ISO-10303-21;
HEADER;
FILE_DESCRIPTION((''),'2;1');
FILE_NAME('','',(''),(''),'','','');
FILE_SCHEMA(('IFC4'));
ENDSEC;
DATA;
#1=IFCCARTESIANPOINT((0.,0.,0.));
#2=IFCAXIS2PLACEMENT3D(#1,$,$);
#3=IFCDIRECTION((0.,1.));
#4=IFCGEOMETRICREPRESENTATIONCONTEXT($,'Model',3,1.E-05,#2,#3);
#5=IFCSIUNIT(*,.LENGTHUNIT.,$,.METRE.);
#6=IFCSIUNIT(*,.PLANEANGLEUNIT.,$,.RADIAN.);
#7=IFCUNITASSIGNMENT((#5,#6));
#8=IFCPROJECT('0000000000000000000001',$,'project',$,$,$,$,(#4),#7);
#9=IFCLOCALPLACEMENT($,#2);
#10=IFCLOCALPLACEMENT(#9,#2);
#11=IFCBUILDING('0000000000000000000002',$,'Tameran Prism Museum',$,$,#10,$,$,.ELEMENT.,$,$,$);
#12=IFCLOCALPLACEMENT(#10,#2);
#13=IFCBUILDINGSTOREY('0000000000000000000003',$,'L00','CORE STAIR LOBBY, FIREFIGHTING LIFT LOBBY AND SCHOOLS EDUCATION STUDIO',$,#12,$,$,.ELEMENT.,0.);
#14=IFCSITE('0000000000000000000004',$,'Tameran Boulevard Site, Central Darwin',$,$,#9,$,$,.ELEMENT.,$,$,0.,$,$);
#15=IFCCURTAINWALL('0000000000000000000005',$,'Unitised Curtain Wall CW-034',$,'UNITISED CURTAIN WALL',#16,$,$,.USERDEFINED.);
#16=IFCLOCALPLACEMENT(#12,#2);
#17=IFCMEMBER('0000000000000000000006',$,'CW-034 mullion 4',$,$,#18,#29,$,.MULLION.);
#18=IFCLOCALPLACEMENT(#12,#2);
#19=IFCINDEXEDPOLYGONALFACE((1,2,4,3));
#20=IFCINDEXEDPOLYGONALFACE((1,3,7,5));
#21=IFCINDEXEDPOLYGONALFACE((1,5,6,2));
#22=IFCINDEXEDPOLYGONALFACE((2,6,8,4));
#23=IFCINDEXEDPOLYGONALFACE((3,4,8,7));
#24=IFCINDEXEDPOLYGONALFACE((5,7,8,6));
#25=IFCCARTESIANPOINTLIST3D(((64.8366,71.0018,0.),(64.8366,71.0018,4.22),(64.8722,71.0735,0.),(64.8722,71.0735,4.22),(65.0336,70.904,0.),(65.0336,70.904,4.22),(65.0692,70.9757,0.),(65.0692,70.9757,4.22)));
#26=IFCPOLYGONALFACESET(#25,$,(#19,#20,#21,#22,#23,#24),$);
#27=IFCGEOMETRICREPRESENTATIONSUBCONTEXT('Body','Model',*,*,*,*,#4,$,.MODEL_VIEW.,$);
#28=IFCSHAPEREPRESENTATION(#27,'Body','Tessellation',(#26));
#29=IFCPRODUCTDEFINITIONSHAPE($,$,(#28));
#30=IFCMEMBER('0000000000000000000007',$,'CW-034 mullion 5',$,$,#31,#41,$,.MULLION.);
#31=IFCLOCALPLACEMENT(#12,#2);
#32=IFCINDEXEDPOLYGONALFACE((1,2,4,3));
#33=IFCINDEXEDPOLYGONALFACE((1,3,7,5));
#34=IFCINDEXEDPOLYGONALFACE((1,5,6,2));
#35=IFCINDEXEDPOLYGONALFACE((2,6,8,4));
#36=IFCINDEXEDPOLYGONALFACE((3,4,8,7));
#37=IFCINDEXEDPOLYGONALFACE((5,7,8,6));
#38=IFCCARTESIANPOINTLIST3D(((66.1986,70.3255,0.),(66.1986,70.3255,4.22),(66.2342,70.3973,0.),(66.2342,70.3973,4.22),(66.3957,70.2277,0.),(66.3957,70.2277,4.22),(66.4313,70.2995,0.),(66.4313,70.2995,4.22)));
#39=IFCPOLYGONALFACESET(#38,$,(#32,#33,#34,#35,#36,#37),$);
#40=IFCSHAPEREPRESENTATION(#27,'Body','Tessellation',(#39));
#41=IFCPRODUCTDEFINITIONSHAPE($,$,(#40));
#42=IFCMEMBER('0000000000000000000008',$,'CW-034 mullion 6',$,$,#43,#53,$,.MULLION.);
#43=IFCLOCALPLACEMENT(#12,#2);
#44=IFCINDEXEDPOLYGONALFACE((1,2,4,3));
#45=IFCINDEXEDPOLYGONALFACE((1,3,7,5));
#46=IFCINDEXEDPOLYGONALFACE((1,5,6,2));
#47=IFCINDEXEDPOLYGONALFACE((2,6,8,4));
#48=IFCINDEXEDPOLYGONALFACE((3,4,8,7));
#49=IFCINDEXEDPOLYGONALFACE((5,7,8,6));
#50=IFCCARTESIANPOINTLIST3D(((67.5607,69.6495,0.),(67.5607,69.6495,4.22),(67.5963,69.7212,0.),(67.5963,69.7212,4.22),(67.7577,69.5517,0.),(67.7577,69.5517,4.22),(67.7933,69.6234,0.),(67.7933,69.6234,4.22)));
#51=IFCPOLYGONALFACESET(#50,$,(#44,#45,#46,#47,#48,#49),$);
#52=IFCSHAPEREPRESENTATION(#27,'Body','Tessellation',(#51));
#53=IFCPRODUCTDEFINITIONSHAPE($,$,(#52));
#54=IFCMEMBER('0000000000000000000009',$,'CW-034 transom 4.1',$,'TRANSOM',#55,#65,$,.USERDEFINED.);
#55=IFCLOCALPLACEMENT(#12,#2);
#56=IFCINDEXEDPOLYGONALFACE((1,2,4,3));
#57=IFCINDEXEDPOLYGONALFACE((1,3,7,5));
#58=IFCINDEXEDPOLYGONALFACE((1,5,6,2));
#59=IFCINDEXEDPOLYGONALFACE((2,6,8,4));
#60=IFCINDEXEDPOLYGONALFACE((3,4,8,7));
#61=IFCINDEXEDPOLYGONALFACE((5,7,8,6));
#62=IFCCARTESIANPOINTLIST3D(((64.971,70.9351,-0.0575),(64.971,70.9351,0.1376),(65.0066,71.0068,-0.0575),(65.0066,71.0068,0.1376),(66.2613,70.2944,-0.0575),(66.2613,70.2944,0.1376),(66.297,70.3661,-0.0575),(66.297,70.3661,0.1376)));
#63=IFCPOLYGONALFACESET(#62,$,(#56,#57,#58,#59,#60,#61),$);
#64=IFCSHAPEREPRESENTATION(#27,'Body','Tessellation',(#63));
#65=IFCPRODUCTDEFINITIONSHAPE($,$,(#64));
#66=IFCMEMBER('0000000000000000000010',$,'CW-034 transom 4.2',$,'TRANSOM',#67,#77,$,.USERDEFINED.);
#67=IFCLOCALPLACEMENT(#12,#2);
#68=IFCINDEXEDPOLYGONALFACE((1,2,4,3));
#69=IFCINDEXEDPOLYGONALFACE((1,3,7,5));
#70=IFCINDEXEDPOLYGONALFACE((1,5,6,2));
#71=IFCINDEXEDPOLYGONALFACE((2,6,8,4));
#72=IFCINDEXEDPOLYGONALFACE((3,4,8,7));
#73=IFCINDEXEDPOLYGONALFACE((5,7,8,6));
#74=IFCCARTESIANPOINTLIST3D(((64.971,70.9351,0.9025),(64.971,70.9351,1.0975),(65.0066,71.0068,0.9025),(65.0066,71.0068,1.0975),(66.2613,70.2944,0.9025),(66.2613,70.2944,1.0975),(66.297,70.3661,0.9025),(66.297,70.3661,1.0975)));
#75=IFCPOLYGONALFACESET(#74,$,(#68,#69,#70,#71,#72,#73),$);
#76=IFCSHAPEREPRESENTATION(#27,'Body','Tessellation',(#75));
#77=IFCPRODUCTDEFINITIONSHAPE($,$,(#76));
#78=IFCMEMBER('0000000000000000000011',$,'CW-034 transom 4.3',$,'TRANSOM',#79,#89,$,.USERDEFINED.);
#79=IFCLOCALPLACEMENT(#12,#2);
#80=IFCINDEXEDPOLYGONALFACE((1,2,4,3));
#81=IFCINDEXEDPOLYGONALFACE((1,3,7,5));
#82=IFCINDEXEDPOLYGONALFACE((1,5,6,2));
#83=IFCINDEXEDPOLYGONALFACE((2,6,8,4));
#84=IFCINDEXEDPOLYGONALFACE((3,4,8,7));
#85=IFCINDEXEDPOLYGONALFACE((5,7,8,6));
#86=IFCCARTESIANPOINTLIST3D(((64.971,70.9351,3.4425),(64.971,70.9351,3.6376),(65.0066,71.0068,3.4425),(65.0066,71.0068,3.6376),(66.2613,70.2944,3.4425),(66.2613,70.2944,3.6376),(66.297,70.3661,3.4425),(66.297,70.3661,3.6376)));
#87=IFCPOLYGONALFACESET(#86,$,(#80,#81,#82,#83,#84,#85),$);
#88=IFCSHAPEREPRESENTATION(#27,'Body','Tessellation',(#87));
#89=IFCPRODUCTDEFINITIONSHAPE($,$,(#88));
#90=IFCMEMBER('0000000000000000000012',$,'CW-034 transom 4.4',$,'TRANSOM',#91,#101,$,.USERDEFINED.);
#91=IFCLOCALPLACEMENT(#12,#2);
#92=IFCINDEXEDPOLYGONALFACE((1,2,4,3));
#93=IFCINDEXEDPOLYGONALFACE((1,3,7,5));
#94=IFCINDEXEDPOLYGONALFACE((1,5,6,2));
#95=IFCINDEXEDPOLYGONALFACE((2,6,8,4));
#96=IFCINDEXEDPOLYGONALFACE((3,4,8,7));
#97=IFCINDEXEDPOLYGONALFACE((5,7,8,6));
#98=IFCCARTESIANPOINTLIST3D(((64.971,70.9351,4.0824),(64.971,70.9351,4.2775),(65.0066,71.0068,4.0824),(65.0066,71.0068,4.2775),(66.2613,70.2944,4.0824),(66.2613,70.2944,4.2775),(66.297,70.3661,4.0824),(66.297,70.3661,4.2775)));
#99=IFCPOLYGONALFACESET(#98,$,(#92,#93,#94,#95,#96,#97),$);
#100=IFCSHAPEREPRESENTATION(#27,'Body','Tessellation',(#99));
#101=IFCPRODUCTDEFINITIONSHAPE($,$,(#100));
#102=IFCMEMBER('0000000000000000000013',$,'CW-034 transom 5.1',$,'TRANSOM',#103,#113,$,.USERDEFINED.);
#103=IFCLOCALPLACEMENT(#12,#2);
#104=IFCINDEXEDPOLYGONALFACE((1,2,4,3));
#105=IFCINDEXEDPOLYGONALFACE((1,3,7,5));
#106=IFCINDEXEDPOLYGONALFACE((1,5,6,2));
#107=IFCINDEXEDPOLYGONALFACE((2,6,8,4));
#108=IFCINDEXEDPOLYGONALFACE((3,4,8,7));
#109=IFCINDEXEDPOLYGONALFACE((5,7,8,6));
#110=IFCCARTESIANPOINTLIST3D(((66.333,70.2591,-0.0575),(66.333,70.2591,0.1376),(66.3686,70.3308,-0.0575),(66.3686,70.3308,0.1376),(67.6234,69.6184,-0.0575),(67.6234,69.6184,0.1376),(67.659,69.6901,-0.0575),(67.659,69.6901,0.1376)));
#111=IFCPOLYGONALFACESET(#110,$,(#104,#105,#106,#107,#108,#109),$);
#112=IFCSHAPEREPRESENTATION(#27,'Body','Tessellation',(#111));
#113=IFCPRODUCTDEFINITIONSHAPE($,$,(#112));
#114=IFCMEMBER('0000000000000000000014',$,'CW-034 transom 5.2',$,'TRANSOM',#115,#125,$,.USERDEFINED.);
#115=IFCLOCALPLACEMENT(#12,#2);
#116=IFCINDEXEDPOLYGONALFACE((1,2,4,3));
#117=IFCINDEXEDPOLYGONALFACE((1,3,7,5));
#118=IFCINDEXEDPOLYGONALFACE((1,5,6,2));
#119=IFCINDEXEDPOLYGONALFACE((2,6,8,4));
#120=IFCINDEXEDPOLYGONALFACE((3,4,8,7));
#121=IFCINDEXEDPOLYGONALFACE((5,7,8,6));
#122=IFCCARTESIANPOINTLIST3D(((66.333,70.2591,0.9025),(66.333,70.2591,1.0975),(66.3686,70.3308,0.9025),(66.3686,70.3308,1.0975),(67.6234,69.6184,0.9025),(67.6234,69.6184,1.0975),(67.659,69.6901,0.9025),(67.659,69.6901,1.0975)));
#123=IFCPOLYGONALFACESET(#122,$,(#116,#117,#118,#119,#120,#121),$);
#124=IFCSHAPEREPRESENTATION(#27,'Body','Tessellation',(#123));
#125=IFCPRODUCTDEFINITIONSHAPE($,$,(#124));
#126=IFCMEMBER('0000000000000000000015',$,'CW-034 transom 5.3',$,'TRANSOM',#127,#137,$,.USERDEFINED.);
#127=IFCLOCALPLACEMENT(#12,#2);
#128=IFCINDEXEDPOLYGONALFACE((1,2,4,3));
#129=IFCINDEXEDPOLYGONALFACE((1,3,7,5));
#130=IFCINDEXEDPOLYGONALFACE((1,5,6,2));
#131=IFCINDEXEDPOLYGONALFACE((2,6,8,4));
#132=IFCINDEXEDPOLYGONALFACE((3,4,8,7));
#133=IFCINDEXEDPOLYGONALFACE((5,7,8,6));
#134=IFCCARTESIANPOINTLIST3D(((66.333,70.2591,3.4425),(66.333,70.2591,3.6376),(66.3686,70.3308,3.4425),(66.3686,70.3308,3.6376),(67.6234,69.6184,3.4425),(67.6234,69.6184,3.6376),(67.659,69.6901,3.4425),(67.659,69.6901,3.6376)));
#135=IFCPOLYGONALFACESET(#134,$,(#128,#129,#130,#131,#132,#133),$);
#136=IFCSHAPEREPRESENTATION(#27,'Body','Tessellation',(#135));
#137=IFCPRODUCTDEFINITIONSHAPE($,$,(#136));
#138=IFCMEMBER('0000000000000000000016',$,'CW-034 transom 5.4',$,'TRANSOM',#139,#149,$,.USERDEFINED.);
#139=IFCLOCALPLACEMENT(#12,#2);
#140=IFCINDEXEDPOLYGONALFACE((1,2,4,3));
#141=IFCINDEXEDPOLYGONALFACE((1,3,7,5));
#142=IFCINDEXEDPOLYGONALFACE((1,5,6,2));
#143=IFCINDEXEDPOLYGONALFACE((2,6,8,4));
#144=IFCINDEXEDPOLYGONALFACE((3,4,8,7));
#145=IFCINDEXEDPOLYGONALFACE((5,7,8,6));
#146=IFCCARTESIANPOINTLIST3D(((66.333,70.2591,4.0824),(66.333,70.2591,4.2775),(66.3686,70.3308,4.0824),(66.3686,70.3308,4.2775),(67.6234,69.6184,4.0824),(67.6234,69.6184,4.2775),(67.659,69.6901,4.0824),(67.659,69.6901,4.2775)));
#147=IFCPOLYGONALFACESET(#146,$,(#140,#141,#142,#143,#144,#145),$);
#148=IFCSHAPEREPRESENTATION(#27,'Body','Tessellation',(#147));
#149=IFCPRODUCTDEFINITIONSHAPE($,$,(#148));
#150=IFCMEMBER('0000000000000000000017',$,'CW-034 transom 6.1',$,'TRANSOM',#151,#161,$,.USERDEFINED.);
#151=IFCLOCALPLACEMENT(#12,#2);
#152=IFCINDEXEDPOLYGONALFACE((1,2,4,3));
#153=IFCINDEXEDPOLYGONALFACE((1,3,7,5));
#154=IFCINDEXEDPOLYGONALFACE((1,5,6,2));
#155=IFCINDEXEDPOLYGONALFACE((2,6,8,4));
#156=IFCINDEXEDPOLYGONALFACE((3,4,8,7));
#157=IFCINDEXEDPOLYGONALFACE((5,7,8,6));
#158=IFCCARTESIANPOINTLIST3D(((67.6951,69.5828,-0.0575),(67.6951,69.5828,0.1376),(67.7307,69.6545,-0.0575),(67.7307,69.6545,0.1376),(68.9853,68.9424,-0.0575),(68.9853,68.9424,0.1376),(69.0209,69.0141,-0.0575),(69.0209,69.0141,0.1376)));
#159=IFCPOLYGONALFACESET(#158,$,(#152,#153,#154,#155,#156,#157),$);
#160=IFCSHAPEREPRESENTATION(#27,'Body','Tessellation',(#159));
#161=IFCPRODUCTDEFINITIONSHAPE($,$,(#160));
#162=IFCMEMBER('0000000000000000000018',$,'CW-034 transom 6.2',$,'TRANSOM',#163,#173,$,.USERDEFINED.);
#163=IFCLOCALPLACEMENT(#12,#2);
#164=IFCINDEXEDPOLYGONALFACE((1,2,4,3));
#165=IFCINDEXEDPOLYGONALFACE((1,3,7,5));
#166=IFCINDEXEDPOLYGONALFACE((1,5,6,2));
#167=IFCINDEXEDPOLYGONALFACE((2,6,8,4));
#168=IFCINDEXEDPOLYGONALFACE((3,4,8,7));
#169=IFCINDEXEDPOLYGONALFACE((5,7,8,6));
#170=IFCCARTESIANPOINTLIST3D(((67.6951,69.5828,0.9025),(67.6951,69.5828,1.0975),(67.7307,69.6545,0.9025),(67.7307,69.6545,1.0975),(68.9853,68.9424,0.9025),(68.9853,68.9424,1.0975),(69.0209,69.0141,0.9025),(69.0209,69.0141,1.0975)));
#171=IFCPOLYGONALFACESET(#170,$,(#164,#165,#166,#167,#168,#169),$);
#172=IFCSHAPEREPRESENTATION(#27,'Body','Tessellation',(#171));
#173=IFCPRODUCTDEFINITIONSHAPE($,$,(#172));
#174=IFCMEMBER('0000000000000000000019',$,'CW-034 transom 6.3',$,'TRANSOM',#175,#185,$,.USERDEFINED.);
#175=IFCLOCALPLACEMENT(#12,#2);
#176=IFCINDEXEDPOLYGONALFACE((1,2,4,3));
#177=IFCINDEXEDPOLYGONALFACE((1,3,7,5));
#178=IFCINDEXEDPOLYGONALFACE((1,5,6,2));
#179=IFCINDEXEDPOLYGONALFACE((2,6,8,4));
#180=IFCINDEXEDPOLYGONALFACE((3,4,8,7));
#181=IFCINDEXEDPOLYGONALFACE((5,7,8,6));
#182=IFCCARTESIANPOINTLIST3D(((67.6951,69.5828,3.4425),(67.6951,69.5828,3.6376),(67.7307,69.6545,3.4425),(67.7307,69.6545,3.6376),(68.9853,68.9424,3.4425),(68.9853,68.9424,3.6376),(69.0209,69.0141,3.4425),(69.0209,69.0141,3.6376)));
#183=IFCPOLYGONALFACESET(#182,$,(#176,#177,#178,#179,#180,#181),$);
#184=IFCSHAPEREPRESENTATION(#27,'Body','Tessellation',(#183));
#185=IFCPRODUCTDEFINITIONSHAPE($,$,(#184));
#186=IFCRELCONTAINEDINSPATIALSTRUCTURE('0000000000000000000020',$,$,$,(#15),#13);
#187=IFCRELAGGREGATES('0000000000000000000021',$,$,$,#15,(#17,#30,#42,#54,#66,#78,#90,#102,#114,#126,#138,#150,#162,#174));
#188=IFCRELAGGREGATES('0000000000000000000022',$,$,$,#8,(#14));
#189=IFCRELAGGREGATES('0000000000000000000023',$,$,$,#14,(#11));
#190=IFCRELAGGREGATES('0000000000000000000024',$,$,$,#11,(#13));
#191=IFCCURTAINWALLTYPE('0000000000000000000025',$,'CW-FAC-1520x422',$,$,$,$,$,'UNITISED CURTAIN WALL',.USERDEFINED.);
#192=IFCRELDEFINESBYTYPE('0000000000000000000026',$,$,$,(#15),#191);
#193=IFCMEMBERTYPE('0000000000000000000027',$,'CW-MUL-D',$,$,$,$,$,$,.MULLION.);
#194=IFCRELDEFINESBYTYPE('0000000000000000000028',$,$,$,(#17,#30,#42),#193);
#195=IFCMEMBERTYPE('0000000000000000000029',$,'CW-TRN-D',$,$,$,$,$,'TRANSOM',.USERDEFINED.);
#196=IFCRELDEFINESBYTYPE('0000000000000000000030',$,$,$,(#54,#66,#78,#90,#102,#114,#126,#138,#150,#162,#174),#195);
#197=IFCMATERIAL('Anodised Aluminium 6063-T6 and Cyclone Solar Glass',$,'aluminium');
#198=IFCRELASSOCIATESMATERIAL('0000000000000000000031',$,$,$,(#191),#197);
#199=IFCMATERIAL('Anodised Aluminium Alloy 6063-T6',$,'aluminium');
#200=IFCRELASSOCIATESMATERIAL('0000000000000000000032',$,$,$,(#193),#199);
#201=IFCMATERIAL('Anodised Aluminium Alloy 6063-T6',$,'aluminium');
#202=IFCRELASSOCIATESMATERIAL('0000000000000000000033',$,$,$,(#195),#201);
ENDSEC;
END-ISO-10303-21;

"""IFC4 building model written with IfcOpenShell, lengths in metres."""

from ifc_helpers import new_model, si_unit, direction, frame, origin, origin_2d, place, context, subcontext, project, spatial, rectangle, extrude, material, material_profile, profile_set, type_object, element, aggregate, save


model = new_model("IFC4")

# Units and contexts
model_context = context("Model", 3, precision=1e-05, world=origin(), true_north=direction((0.0, 1.0)))
body_context = subcontext(model_context, "Body", "Model", "MODEL_VIEW")
ifc_project = project(units=[si_unit("LENGTHUNIT", "METRE"), si_unit("PLANEANGLEUNIT", "RADIAN")], contexts=[model_context])

# Site, building, storey
site_placement = place(None, origin())
site = spatial("IfcSite", under=ifc_project, at=site_placement, Name="Tameran Boulevard Site, Central Darwin", CompositionType="ELEMENT", RefElevation=0.0)
building_placement = place(site_placement, origin())
building = spatial("IfcBuilding", under=site, at=building_placement, Name="Tameran Prism Museum", CompositionType="ELEMENT")
storey_placement = place(building_placement, origin())
storey = spatial("IfcBuildingStorey", under=building, at=storey_placement, Name="L00", Description="CORE STAIR LOBBY, FIREFIGHTING LIFT LOBBY AND SCHOOLS EDUCATION STUDIO", CompositionType="ELEMENT", Elevation=0.0)

# Curtain wall, members
ifc_material_1 = material(Name="Anodised Aluminium 6063-T6 and Cyclone Solar Glass", Category="aluminium")
curtain_wall_type = type_object("IfcCurtainWallType", Name="CW-FAC-1520x422", ElementType="UNITISED CURTAIN WALL", PredefinedType="USERDEFINED", material=ifc_material_1)
curtain_wall_placement = place(storey_placement, origin())
curtain_wall = element("IfcCurtainWall", 1, at=curtain_wall_placement, inside=storey, type_object=curtain_wall_type, Name="Unitised Curtain Wall CW-034", ObjectType="UNITISED CURTAIN WALL", PredefinedType="USERDEFINED")
ifc_material_2 = material(Name="Anodised Aluminium Alloy 6063-T6", Category="aluminium")
ifc_material_profile_1 = material_profile(ifc_material_2, rectangle(XDim=0.0801, YDim=0.22, at=origin_2d()))
ifc_profile_set_1 = profile_set([ifc_material_profile_1])
member_type_1 = type_object("IfcMemberType", Name="CW-MUL-D", PredefinedType="MULLION", material=ifc_profile_set_1)
member_1_placement = place(storey_placement, frame((64.9529, 70.9888, 0.0), z_axis=(0.0, 0.0, 1.0), x_axis=(0.444634, 0.895712, 0.0)))
member_1 = element("IfcMember", 2, at=member_1_placement, type_object=member_type_1, Name="CW-034 mullion 4", PredefinedType="MULLION", context=body_context, shape_type="SweptSolid", body=[
    extrude(rectangle(XDim=0.0801, YDim=0.22, at=origin_2d()), origin(), (0.0, 0.0, 1.0), 4.22),
])
member_2_placement = place(storey_placement, frame((66.3149, 70.3125, 0.0), z_axis=(0.0, 0.0, 1.0), x_axis=(0.444634, 0.895712, 0.0)))
member_2 = element("IfcMember", 3, at=member_2_placement, type_object=member_type_1, Name="CW-034 mullion 5", PredefinedType="MULLION", context=body_context, shape_type="SweptSolid", body=[
    extrude(rectangle(XDim=0.0801, YDim=0.22, at=origin_2d()), origin(), (0.0, 0.0, 1.0), 4.22),
])
member_3_placement = place(storey_placement, frame((67.677, 69.6365, 0.0), z_axis=(0.0, 0.0, 1.0), x_axis=(0.444634, 0.895712, 0.0)))
member_3 = element("IfcMember", 4, at=member_3_placement, type_object=member_type_1, Name="CW-034 mullion 6", PredefinedType="MULLION", context=body_context, shape_type="SweptSolid", body=[
    extrude(rectangle(XDim=0.0801, YDim=0.22, at=origin_2d()), origin(), (0.0, 0.0, 1.0), 4.22),
])
ifc_material_3 = material(Name="Anodised Aluminium Alloy 6063-T6", Category="aluminium")
ifc_material_profile_2 = material_profile(ifc_material_3, rectangle(XDim=0.0801, YDim=0.1951, at=origin_2d()))
ifc_profile_set_2 = profile_set([ifc_material_profile_2])
member_type_2 = type_object("IfcMemberType", Name="CW-TRN-D", ElementType="TRANSOM", PredefinedType="USERDEFINED", material=ifc_profile_set_2)
member_4_placement = place(storey_placement, frame((64.9888, 70.9709, 0.04), z_axis=(0.895678, -0.444704, 0.0), x_axis=(0.444704, 0.895678, 0.0)))
member_4 = element("IfcMember", 5, at=member_4_placement, type_object=member_type_2, Name="CW-034 transom 4.1", ObjectType="TRANSOM", PredefinedType="USERDEFINED", context=body_context, shape_type="SweptSolid", body=[
    extrude(rectangle(XDim=0.0801, YDim=0.1951, at=origin_2d()), origin(), (0.0, 0.0, 1.0), 1.4407),
])
member_5_placement = place(storey_placement, frame((64.9888, 70.9709, 1.0), z_axis=(0.895678, -0.444704, 0.0), x_axis=(0.444704, 0.895678, 0.0)))
member_5 = element("IfcMember", 6, at=member_5_placement, type_object=member_type_2, Name="CW-034 transom 4.2", ObjectType="TRANSOM", PredefinedType="USERDEFINED", context=body_context, shape_type="SweptSolid", body=[
    extrude(rectangle(XDim=0.0801, YDim=0.1951, at=origin_2d()), origin(), (0.0, 0.0, 1.0), 1.4407),
])
member_6_placement = place(storey_placement, frame((64.9888, 70.9709, 3.54), z_axis=(0.895678, -0.444704, 0.0), x_axis=(0.444704, 0.895678, 0.0)))
member_6 = element("IfcMember", 7, at=member_6_placement, type_object=member_type_2, Name="CW-034 transom 4.3", ObjectType="TRANSOM", PredefinedType="USERDEFINED", context=body_context, shape_type="SweptSolid", body=[
    extrude(rectangle(XDim=0.0801, YDim=0.1951, at=origin_2d()), origin(), (0.0, 0.0, 1.0), 1.4407),
])
member_7_placement = place(storey_placement, frame((64.9888, 70.9709, 4.1799), z_axis=(0.895678, -0.444704, 0.0), x_axis=(0.444704, 0.895678, 0.0)))
member_7 = element("IfcMember", 8, at=member_7_placement, type_object=member_type_2, Name="CW-034 transom 4.4", ObjectType="TRANSOM", PredefinedType="USERDEFINED", context=body_context, shape_type="SweptSolid", body=[
    extrude(rectangle(XDim=0.0801, YDim=0.1951, at=origin_2d()), origin(), (0.0, 0.0, 1.0), 1.4407),
])
member_8_placement = place(storey_placement, frame((66.3508, 70.2949, 0.04), z_axis=(0.895678, -0.444704, 0.0), x_axis=(0.444704, 0.895678, 0.0)))
member_8 = element("IfcMember", 9, at=member_8_placement, type_object=member_type_2, Name="CW-034 transom 5.1", ObjectType="TRANSOM", PredefinedType="USERDEFINED", context=body_context, shape_type="SweptSolid", body=[
    extrude(rectangle(XDim=0.0801, YDim=0.1951, at=origin_2d()), origin(), (0.0, 0.0, 1.0), 1.4407),
])
member_9_placement = place(storey_placement, frame((66.3508, 70.2949, 1.0), z_axis=(0.895678, -0.444704, 0.0), x_axis=(0.444704, 0.895678, 0.0)))
member_9 = element("IfcMember", 10, at=member_9_placement, type_object=member_type_2, Name="CW-034 transom 5.2", ObjectType="TRANSOM", PredefinedType="USERDEFINED", context=body_context, shape_type="SweptSolid", body=[
    extrude(rectangle(XDim=0.0801, YDim=0.1951, at=origin_2d()), origin(), (0.0, 0.0, 1.0), 1.4407),
])
member_10_placement = place(storey_placement, frame((66.3508, 70.2949, 3.54), z_axis=(0.895678, -0.444704, 0.0), x_axis=(0.444704, 0.895678, 0.0)))
member_10 = element("IfcMember", 11, at=member_10_placement, type_object=member_type_2, Name="CW-034 transom 5.3", ObjectType="TRANSOM", PredefinedType="USERDEFINED", context=body_context, shape_type="SweptSolid", body=[
    extrude(rectangle(XDim=0.0801, YDim=0.1951, at=origin_2d()), origin(), (0.0, 0.0, 1.0), 1.4407),
])
member_11_placement = place(storey_placement, frame((66.3508, 70.2949, 4.1799), z_axis=(0.895678, -0.444704, 0.0), x_axis=(0.444704, 0.895678, 0.0)))
member_11 = element("IfcMember", 12, at=member_11_placement, type_object=member_type_2, Name="CW-034 transom 5.4", ObjectType="TRANSOM", PredefinedType="USERDEFINED", context=body_context, shape_type="SweptSolid", body=[
    extrude(rectangle(XDim=0.0801, YDim=0.1951, at=origin_2d()), origin(), (0.0, 0.0, 1.0), 1.4407),
])
member_12_placement = place(storey_placement, frame((67.7129, 69.6187, 0.04), z_axis=(0.895745, -0.444568, 0.0), x_axis=(0.444568, 0.895745, 0.0)))
member_12 = element("IfcMember", 13, at=member_12_placement, type_object=member_type_2, Name="CW-034 transom 6.1", ObjectType="TRANSOM", PredefinedType="USERDEFINED", context=body_context, shape_type="SweptSolid", body=[
    extrude(rectangle(XDim=0.0801, YDim=0.1951, at=origin_2d()), origin(), (0.0, 0.0, 1.0), 1.4404),
])
member_13_placement = place(storey_placement, frame((67.7129, 69.6187, 1.0), z_axis=(0.895745, -0.444568, 0.0), x_axis=(0.444568, 0.895745, 0.0)))
member_13 = element("IfcMember", 14, at=member_13_placement, type_object=member_type_2, Name="CW-034 transom 6.2", ObjectType="TRANSOM", PredefinedType="USERDEFINED", context=body_context, shape_type="SweptSolid", body=[
    extrude(rectangle(XDim=0.0801, YDim=0.1951, at=origin_2d()), origin(), (0.0, 0.0, 1.0), 1.4404),
])
member_14_placement = place(storey_placement, frame((67.7129, 69.6187, 3.54), z_axis=(0.895745, -0.444568, 0.0), x_axis=(0.444568, 0.895745, 0.0)))
member_14 = element("IfcMember", 15, at=member_14_placement, type_object=member_type_2, Name="CW-034 transom 6.3", ObjectType="TRANSOM", PredefinedType="USERDEFINED", context=body_context, shape_type="SweptSolid", body=[
    extrude(rectangle(XDim=0.0801, YDim=0.1951, at=origin_2d()), origin(), (0.0, 0.0, 1.0), 1.4404),
])
aggregate(curtain_wall, [member_1, member_2, member_3, member_4, member_5, member_6, member_7, member_8, member_9, member_10, member_11, member_12, member_13, member_14])

save(model, "model.ifc")
